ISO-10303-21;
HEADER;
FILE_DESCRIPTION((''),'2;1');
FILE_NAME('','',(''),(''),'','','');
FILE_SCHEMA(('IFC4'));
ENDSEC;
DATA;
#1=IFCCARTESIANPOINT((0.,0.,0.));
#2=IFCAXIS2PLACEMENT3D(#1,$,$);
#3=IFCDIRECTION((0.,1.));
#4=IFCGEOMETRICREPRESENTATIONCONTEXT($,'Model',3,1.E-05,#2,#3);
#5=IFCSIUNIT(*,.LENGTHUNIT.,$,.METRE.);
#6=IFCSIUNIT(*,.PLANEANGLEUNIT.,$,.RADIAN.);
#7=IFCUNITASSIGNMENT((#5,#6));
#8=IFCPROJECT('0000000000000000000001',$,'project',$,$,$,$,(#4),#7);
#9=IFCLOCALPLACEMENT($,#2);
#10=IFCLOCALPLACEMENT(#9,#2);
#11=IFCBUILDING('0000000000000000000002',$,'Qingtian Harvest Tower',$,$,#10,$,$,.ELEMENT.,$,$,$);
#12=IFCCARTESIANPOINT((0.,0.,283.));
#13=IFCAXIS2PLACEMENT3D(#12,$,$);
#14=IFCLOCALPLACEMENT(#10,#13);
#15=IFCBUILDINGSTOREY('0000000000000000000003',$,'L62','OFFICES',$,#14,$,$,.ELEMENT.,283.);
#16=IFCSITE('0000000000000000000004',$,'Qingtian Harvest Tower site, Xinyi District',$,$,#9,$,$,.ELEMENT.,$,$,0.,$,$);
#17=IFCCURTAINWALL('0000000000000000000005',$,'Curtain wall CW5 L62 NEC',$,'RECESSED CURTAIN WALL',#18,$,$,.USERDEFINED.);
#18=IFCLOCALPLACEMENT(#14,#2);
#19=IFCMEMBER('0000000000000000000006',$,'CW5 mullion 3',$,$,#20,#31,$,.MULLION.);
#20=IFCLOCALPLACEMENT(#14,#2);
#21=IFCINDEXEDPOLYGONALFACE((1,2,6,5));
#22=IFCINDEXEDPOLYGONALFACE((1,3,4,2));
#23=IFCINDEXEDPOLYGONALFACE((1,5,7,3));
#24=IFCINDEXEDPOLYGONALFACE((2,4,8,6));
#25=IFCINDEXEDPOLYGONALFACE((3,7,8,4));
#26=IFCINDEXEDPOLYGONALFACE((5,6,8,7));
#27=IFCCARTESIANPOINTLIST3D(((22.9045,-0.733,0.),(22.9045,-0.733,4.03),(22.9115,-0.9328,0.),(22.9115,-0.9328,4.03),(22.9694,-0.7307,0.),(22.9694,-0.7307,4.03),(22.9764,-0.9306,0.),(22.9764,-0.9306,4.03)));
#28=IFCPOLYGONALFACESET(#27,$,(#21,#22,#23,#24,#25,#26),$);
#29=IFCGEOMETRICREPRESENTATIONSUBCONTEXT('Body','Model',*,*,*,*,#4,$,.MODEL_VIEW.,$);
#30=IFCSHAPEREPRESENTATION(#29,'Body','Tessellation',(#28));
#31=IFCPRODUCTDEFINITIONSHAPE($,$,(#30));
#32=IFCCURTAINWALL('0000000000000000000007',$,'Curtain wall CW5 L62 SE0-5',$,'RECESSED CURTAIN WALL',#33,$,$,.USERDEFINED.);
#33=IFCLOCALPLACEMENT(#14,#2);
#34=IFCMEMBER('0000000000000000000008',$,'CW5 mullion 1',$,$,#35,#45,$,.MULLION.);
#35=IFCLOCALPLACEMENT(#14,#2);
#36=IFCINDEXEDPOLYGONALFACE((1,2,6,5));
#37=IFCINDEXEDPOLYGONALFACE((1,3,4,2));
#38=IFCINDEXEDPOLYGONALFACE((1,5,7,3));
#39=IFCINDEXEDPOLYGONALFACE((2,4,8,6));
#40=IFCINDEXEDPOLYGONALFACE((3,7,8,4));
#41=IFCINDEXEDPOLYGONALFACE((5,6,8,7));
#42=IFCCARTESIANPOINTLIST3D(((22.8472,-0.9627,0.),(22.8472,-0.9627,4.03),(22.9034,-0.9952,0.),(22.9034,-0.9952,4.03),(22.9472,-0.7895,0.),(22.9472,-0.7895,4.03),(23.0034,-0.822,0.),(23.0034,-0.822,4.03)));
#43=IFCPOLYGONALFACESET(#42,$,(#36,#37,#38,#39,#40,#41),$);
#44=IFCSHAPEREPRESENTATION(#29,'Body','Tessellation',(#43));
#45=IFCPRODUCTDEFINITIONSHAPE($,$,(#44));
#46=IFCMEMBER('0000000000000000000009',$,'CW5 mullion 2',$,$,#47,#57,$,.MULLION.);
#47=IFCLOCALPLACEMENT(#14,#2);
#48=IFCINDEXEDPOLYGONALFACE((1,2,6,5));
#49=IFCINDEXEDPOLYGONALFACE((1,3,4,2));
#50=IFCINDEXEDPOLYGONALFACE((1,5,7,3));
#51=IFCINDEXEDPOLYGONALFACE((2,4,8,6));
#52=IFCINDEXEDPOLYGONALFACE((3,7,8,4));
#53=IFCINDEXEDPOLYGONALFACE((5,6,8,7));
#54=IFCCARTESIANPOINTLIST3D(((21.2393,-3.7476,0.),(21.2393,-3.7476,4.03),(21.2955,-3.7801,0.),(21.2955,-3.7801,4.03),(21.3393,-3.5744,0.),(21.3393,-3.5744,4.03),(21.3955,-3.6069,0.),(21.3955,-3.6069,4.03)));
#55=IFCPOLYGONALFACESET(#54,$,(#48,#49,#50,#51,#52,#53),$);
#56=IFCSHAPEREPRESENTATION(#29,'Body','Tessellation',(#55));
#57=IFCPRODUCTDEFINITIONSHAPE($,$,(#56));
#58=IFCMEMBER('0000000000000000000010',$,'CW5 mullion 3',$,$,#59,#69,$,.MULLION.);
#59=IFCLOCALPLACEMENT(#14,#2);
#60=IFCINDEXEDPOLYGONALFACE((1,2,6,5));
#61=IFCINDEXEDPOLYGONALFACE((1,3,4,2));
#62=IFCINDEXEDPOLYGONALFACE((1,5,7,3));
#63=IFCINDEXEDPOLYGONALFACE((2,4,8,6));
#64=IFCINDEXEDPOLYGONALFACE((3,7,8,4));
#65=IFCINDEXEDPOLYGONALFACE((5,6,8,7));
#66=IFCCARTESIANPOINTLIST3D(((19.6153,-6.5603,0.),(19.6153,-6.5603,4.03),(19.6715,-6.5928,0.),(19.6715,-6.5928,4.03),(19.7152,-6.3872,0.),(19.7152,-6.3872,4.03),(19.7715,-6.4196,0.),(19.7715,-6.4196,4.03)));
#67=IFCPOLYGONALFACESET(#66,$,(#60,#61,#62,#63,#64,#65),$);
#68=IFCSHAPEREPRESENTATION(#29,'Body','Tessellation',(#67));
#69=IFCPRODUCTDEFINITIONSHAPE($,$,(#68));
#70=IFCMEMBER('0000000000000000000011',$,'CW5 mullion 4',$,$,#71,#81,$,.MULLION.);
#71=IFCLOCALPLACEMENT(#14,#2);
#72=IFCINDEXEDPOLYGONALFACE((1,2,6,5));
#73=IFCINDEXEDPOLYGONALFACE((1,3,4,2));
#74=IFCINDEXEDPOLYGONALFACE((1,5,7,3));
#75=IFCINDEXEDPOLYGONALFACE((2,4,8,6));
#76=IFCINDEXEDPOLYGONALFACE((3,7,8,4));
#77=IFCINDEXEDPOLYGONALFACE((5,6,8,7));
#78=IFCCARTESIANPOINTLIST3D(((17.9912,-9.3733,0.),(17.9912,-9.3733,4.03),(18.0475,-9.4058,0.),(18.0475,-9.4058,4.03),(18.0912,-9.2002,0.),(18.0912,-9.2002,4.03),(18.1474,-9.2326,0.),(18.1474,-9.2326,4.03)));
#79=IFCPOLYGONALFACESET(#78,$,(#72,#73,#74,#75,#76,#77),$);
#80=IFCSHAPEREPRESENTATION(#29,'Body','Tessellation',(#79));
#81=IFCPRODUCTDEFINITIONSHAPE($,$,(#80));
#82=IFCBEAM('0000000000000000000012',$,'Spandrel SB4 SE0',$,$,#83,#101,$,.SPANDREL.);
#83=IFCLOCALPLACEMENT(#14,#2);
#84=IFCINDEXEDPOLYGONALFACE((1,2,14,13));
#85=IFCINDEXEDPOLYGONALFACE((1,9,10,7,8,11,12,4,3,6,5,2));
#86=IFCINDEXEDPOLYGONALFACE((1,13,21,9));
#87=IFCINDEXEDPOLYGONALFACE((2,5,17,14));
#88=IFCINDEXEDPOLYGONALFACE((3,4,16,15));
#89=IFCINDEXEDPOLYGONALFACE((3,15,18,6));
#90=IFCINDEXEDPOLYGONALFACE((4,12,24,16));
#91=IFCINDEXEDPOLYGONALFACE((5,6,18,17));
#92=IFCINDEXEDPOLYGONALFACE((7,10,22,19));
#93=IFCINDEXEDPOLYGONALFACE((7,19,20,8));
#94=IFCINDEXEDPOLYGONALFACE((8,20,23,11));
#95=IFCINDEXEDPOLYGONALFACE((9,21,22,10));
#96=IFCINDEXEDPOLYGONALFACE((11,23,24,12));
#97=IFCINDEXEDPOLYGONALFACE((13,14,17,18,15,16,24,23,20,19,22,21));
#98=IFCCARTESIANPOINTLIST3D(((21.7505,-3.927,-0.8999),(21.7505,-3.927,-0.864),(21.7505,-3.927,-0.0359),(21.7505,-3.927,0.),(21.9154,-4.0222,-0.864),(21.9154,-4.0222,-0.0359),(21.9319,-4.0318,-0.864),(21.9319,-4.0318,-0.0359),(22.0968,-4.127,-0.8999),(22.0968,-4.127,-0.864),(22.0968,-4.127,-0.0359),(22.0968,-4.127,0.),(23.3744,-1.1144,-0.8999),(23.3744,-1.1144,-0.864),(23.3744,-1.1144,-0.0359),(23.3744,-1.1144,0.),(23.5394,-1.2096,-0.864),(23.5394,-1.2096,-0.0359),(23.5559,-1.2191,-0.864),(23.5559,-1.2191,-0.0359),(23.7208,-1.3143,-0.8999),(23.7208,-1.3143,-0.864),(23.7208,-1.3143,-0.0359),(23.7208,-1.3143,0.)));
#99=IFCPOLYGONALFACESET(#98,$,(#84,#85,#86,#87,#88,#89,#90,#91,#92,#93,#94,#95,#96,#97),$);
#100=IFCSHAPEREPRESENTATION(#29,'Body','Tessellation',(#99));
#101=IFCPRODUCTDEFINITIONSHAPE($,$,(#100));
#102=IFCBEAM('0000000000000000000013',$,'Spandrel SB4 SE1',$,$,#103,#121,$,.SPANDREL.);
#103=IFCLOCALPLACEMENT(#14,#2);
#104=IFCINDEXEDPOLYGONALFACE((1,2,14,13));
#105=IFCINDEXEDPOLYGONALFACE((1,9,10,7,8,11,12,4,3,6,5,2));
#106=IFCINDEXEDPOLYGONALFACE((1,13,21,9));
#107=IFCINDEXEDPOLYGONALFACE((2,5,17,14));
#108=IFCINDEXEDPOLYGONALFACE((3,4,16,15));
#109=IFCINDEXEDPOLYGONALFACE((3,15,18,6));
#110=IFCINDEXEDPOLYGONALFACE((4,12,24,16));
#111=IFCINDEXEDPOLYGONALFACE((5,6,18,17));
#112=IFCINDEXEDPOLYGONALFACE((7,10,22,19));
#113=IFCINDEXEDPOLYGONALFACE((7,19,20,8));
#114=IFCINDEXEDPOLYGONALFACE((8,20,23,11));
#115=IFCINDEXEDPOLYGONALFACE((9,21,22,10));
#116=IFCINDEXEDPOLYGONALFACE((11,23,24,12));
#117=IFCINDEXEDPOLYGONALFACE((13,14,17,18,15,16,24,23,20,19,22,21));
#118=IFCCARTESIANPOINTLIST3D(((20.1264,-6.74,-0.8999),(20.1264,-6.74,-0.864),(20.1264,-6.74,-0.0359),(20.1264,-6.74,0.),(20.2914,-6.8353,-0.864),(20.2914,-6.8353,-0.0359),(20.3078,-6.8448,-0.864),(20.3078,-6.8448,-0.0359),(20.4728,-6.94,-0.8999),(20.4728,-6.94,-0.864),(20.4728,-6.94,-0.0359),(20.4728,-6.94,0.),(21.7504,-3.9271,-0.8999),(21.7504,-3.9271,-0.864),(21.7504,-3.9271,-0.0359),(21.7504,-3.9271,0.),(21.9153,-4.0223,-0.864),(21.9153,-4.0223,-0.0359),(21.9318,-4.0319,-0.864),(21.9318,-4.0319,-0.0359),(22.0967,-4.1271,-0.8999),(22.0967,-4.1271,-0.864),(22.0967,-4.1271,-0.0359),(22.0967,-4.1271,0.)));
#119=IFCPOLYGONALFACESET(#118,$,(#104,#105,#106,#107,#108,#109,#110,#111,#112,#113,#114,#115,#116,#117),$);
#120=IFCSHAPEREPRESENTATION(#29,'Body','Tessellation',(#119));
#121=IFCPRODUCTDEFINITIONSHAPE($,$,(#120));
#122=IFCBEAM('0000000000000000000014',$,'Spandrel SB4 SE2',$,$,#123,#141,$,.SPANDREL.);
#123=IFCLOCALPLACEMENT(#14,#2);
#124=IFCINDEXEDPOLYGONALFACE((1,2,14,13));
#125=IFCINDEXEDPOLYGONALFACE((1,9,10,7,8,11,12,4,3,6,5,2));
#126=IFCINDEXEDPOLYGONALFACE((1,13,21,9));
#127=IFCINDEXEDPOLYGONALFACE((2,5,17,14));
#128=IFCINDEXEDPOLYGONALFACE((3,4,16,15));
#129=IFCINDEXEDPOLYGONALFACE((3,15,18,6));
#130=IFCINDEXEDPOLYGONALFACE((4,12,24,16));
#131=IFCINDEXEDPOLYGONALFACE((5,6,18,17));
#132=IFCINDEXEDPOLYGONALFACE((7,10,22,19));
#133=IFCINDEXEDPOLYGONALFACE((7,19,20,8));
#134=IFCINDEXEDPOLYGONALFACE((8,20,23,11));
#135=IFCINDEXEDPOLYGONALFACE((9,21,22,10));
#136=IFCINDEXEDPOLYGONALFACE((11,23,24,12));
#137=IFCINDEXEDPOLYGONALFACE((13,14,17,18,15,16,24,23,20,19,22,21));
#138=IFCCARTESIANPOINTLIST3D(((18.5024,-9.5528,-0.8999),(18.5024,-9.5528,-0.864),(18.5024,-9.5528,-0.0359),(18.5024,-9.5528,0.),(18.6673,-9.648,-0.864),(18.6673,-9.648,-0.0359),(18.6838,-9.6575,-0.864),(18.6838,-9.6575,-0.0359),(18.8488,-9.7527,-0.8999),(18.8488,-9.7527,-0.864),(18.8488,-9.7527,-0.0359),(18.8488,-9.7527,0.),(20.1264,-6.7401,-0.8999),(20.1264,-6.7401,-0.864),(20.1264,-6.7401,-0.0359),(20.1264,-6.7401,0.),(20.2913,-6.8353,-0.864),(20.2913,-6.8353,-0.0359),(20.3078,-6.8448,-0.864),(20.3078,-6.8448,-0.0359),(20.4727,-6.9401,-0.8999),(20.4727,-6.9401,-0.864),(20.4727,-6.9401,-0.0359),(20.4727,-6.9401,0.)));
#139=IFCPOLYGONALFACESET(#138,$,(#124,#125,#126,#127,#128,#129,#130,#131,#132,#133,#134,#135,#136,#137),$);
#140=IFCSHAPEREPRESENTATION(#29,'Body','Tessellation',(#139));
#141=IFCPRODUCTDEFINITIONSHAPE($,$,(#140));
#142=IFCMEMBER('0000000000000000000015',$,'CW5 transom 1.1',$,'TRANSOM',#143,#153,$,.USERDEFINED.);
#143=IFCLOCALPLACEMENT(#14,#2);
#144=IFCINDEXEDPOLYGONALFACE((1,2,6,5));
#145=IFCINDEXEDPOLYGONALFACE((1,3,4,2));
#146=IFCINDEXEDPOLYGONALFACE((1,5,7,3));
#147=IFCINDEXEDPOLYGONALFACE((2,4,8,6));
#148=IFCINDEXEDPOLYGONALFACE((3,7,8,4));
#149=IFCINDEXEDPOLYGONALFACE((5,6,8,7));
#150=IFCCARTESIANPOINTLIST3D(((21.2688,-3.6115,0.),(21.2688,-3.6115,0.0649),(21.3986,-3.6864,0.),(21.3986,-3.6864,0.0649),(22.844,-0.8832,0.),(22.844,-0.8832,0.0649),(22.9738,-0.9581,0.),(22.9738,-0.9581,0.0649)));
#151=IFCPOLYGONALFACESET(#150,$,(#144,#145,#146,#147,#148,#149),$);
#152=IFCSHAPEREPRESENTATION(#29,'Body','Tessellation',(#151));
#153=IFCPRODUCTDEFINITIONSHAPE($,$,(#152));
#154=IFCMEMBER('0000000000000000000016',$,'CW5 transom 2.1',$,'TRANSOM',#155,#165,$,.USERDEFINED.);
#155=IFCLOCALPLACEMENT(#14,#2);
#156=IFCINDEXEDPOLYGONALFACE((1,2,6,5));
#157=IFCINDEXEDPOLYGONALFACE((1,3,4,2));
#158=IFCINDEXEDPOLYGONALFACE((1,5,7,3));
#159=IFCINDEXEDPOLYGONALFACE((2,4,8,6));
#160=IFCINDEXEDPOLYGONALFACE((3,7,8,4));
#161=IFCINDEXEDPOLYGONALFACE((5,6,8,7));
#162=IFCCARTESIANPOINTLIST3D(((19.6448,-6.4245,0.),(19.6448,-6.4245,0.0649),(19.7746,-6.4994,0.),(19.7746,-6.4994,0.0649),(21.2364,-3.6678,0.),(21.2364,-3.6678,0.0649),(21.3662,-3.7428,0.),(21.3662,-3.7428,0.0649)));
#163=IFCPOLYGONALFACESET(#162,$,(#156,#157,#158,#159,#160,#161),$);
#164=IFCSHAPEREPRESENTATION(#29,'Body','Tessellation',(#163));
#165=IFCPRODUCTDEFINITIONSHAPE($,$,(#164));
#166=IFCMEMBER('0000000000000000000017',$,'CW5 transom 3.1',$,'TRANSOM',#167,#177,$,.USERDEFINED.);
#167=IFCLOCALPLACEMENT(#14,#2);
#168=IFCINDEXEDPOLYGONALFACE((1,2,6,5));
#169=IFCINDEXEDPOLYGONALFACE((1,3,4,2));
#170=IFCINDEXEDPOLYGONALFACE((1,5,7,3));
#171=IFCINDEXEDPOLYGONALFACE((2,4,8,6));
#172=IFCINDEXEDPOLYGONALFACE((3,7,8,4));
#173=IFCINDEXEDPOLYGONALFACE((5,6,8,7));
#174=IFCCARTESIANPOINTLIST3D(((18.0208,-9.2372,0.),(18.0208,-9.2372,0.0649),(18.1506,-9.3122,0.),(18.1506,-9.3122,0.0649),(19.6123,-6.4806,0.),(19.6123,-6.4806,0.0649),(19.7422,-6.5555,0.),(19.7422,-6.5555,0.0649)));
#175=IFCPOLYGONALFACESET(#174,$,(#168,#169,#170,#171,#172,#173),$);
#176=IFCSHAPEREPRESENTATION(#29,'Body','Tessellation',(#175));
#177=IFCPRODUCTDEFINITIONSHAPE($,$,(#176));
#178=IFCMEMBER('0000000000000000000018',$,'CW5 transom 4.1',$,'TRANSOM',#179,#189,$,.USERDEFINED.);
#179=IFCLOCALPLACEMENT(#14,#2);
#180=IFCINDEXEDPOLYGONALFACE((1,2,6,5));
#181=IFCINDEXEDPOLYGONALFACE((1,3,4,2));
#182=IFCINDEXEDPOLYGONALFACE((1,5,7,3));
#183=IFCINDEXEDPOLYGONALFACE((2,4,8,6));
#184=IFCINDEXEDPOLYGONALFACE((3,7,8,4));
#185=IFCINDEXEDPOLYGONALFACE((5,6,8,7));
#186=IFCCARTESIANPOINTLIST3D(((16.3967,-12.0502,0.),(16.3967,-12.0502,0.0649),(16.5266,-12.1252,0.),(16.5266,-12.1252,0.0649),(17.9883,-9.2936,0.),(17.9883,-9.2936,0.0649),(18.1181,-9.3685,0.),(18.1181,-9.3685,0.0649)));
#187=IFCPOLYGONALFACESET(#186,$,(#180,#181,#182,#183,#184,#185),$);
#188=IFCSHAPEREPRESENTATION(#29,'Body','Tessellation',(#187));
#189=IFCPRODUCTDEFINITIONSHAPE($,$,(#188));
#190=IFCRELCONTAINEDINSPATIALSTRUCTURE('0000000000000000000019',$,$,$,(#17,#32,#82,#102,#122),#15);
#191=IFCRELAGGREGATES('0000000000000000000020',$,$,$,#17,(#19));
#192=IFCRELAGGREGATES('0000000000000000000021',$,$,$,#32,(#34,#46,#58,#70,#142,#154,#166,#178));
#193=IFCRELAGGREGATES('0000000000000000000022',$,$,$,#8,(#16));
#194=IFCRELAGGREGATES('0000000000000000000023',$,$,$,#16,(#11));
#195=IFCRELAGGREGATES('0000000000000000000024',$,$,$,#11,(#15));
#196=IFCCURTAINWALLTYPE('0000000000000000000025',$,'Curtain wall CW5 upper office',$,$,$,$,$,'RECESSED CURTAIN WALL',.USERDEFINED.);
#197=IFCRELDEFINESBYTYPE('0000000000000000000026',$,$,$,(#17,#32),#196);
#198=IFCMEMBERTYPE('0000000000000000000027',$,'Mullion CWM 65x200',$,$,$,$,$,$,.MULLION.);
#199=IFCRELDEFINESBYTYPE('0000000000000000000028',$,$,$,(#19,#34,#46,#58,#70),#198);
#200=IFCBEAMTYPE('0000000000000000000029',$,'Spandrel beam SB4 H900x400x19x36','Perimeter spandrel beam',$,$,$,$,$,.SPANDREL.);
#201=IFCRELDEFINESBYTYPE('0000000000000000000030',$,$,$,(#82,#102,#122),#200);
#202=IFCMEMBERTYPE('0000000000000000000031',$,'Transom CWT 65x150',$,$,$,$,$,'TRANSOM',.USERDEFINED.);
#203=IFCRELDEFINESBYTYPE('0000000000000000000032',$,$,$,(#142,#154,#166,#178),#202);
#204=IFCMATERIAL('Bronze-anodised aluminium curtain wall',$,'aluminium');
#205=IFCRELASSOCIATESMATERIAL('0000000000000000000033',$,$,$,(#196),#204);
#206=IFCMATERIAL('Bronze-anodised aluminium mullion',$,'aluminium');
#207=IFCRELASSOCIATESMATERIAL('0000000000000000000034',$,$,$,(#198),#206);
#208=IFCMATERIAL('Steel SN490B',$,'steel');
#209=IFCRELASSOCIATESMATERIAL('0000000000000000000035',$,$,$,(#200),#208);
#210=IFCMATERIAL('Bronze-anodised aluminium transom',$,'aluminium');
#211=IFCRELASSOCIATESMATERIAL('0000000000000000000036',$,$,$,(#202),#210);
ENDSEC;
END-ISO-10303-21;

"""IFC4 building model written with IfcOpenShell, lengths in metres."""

from ifc_helpers import new_model, si_unit, direction, frame, origin, origin_2d, place, context, subcontext, project, spatial, rectangle, i_section, extrude, material, material_profile, profile_set, type_object, element, aggregate, save


model = new_model("IFC4")

# Units and contexts
model_context = context("Model", 3, precision=1e-05, world=origin(), true_north=direction((0.0, 1.0)))
body_context = subcontext(model_context, "Body", "Model", "MODEL_VIEW")
ifc_project = project(units=[si_unit("LENGTHUNIT", "METRE"), si_unit("PLANEANGLEUNIT", "RADIAN")], contexts=[model_context])

# Site, building, storey
site_placement = place(None, origin())
site = spatial("IfcSite", under=ifc_project, at=site_placement, Name="Qingtian Harvest Tower site, Xinyi District", CompositionType="ELEMENT", RefElevation=0.0)
building_placement = place(site_placement, origin())
building = spatial("IfcBuilding", under=site, at=building_placement, Name="Qingtian Harvest Tower", CompositionType="ELEMENT")
storey_placement = place(building_placement, frame((0.0, 0.0, 283.0)))
storey = spatial("IfcBuildingStorey", under=building, at=storey_placement, Name="L62", Description="OFFICES", CompositionType="ELEMENT", Elevation=283.0)

# Curtain wall, member
ifc_material_1 = material(Name="Bronze-anodised aluminium curtain wall", Category="aluminium")
curtain_wall_type = type_object("IfcCurtainWallType", Name="Curtain wall CW5 upper office", ElementType="RECESSED CURTAIN WALL", PredefinedType="USERDEFINED", material=ifc_material_1)
curtain_wall_1_placement = place(storey_placement, origin())
curtain_wall_1 = element("IfcCurtainWall", 1, at=curtain_wall_1_placement, inside=storey, type_object=curtain_wall_type, Name="Curtain wall CW5 L62 NEC", ObjectType="RECESSED CURTAIN WALL", PredefinedType="USERDEFINED")
ifc_material_2 = material(Name="Bronze-anodised aluminium mullion", Category="aluminium")
ifc_material_profile_1 = material_profile(ifc_material_2, rectangle(XDim=0.0649, YDim=0.2, at=origin_2d()), Name="AL 65x200")
ifc_profile_set_1 = profile_set([ifc_material_profile_1], Name="Bronze-anodised aluminium mullion")
member_type_1 = type_object("IfcMemberType", Name="Mullion CWM 65x200", PredefinedType="MULLION", material=ifc_profile_set_1)
member_1_placement = place(storey_placement, frame((22.9404, -0.8318, 0.0), z_axis=(0.0, 0.0, 1.0), x_axis=(0.999391, 0.034899, 0.0)))
member_1 = element("IfcMember", 2, at=member_1_placement, type_object=member_type_1, Name="CW5 mullion 3", PredefinedType="MULLION", context=body_context, shape_type="SweptSolid", body=[
    extrude(rectangle(XDim=0.0649, YDim=0.2, at=origin_2d()), origin(), (0.0, 0.0, 1.0), 4.03),
])

# Curtain wall, members
curtain_wall_2_placement = place(storey_placement, origin())
curtain_wall_2 = element("IfcCurtainWall", 3, at=curtain_wall_2_placement, inside=storey, type_object=curtain_wall_type, Name="Curtain wall CW5 L62 SE0-5", ObjectType="RECESSED CURTAIN WALL", PredefinedType="USERDEFINED")
member_2_placement = place(storey_placement, frame((22.9253, -0.8923, 0.0), z_axis=(0.0, 0.0, 1.0), x_axis=(0.866025, -0.5, 0.0)))
member_2 = element("IfcMember", 4, at=member_2_placement, type_object=member_type_1, Name="CW5 mullion 1", PredefinedType="MULLION", context=body_context, shape_type="SweptSolid", body=[
    extrude(rectangle(XDim=0.0649, YDim=0.2, at=origin_2d()), origin(), (0.0, 0.0, 1.0), 4.03),
])
member_3_placement = place(storey_placement, frame((21.3174, -3.6772, 0.0), z_axis=(0.0, 0.0, 1.0), x_axis=(0.866025, -0.5, 0.0)))
member_3 = element("IfcMember", 5, at=member_3_placement, type_object=member_type_1, Name="CW5 mullion 2", PredefinedType="MULLION", context=body_context, shape_type="SweptSolid", body=[
    extrude(rectangle(XDim=0.0649, YDim=0.2, at=origin_2d()), origin(), (0.0, 0.0, 1.0), 4.03),
])
member_4_placement = place(storey_placement, frame((19.6934, -6.49, 0.0), z_axis=(0.0, 0.0, 1.0), x_axis=(0.866025, -0.5, 0.0)))
member_4 = element("IfcMember", 6, at=member_4_placement, type_object=member_type_1, Name="CW5 mullion 3", PredefinedType="MULLION", context=body_context, shape_type="SweptSolid", body=[
    extrude(rectangle(XDim=0.0649, YDim=0.2, at=origin_2d()), origin(), (0.0, 0.0, 1.0), 4.03),
])
member_5_placement = place(storey_placement, frame((18.0693, -9.303, 0.0), z_axis=(0.0, 0.0, 1.0), x_axis=(0.866025, -0.5, 0.0)))
member_5 = element("IfcMember", 7, at=member_5_placement, type_object=member_type_1, Name="CW5 mullion 4", PredefinedType="MULLION", context=body_context, shape_type="SweptSolid", body=[
    extrude(rectangle(XDim=0.0649, YDim=0.2, at=origin_2d()), origin(), (0.0, 0.0, 1.0), 4.03),
])

# Beams
ifc_material_3 = material(Name="Steel SN490B", Category="steel")
ifc_material_profile_2 = material_profile(ifc_material_3, i_section(OverallWidth=0.3999, OverallDepth=0.8999, WebThickness=0.019, FlangeThickness=0.0359, at=origin_2d()), Name="H900x400x19x36")
ifc_profile_set_2 = profile_set([ifc_material_profile_2], Name="Steel SN490B")
beam_type_1 = type_object("IfcBeamType", Name="Spandrel beam SB4 H900x400x19x36", Description="Perimeter spandrel beam", PredefinedType="SPANDREL", material=ifc_profile_set_2)
beam_1_placement = place(storey_placement, frame((23.5476, -1.2144, -0.45), z_axis=(-0.50002, -0.866014, 0.0), x_axis=(0.866014, -0.50002, 0.0)))
element("IfcBeam", 8, at=beam_1_placement, inside=storey, type_object=beam_type_1, Name="Spandrel SB4 SE0", PredefinedType="SPANDREL", context=body_context, shape_type="SweptSolid", body=[
    extrude(i_section(OverallWidth=0.3999, OverallDepth=0.8999, WebThickness=0.019, FlangeThickness=0.0359, at=origin_2d()), origin(), (0.0, 0.0, 1.0), 3.2478),
])
beam_2_placement = place(storey_placement, frame((21.9236, -4.0271, -0.45), z_axis=(-0.499987, -0.866033, 0.0), x_axis=(0.866033, -0.499987, 0.0)))
element("IfcBeam", 9, at=beam_2_placement, inside=storey, type_object=beam_type_1, Name="Spandrel SB4 SE1", PredefinedType="SPANDREL", context=body_context, shape_type="SweptSolid", body=[
    extrude(i_section(OverallWidth=0.3999, OverallDepth=0.8999, WebThickness=0.019, FlangeThickness=0.0359, at=origin_2d()), origin(), (0.0, 0.0, 1.0), 3.248),
])
beam_3_placement = place(storey_placement, frame((20.2996, -6.8401, -0.45), z_axis=(-0.50002, -0.866014, 0.0), x_axis=(0.866014, -0.50002, 0.0)))
element("IfcBeam", 10, at=beam_3_placement, inside=storey, type_object=beam_type_1, Name="Spandrel SB4 SE2", PredefinedType="SPANDREL", context=body_context, shape_type="SweptSolid", body=[
    extrude(i_section(OverallWidth=0.3999, OverallDepth=0.8999, WebThickness=0.019, FlangeThickness=0.0359, at=origin_2d()), origin(), (0.0, 0.0, 1.0), 3.2478),
])

# Members
ifc_material_4 = material(Name="Bronze-anodised aluminium transom", Category="aluminium")
ifc_material_profile_3 = material_profile(ifc_material_4, rectangle(XDim=0.1499, YDim=0.0649, at=origin_2d()), Name="AL 65x150")
ifc_profile_set_3 = profile_set([ifc_material_profile_3], Name="Bronze-anodised aluminium transom")
member_type_2 = type_object("IfcMemberType", Name="Transom CWT 65x150", ElementType="TRANSOM", PredefinedType="USERDEFINED", material=ifc_profile_set_3)
member_6_placement = place(storey_placement, frame((22.9089, -0.9207, 0.0325), z_axis=(-0.500006, -0.866022, 0.0), x_axis=(0.866022, -0.500006, 0.0)))
member_6 = element("IfcMember", 11, at=member_6_placement, type_object=member_type_2, Name="CW5 transom 1.1", ObjectType="TRANSOM", PredefinedType="USERDEFINED", context=body_context, shape_type="SweptSolid", body=[
    extrude(rectangle(XDim=0.1499, YDim=0.0649, at=origin_2d()), origin(), (0.0, 0.0, 1.0), 3.1504),
])
member_7_placement = place(storey_placement, frame((21.3013, -3.7053, 0.0325), z_axis=(-0.500008, -0.866021, 0.0), x_axis=(0.866021, -0.500008, 0.0)))
member_7 = element("IfcMember", 12, at=member_7_placement, type_object=member_type_2, Name="CW5 transom 2.1", ObjectType="TRANSOM", PredefinedType="USERDEFINED", context=body_context, shape_type="SweptSolid", body=[
    extrude(rectangle(XDim=0.1499, YDim=0.0649, at=origin_2d()), origin(), (0.0, 0.0, 1.0), 3.1831),
])
member_8_placement = place(storey_placement, frame((19.6772, -6.5181, 0.0325), z_axis=(-0.500008, -0.866021, 0.0), x_axis=(0.866021, -0.500008, 0.0)))
member_8 = element("IfcMember", 13, at=member_8_placement, type_object=member_type_2, Name="CW5 transom 3.1", ObjectType="TRANSOM", PredefinedType="USERDEFINED", context=body_context, shape_type="SweptSolid", body=[
    extrude(rectangle(XDim=0.1499, YDim=0.0649, at=origin_2d()), origin(), (0.0, 0.0, 1.0), 3.1831),
])
member_9_placement = place(storey_placement, frame((18.0532, -9.3311, 0.0325), z_axis=(-0.500008, -0.866021, 0.0), x_axis=(0.866021, -0.500008, 0.0)))
member_9 = element("IfcMember", 14, at=member_9_placement, type_object=member_type_2, Name="CW5 transom 4.1", ObjectType="TRANSOM", PredefinedType="USERDEFINED", context=body_context, shape_type="SweptSolid", body=[
    extrude(rectangle(XDim=0.1499, YDim=0.0649, at=origin_2d()), origin(), (0.0, 0.0, 1.0), 3.1831),
])

aggregate(curtain_wall_1, [member_1])
aggregate(curtain_wall_2, [member_2, member_3, member_4, member_5, member_6, member_7, member_8, member_9])

save(model, "model.ifc")
